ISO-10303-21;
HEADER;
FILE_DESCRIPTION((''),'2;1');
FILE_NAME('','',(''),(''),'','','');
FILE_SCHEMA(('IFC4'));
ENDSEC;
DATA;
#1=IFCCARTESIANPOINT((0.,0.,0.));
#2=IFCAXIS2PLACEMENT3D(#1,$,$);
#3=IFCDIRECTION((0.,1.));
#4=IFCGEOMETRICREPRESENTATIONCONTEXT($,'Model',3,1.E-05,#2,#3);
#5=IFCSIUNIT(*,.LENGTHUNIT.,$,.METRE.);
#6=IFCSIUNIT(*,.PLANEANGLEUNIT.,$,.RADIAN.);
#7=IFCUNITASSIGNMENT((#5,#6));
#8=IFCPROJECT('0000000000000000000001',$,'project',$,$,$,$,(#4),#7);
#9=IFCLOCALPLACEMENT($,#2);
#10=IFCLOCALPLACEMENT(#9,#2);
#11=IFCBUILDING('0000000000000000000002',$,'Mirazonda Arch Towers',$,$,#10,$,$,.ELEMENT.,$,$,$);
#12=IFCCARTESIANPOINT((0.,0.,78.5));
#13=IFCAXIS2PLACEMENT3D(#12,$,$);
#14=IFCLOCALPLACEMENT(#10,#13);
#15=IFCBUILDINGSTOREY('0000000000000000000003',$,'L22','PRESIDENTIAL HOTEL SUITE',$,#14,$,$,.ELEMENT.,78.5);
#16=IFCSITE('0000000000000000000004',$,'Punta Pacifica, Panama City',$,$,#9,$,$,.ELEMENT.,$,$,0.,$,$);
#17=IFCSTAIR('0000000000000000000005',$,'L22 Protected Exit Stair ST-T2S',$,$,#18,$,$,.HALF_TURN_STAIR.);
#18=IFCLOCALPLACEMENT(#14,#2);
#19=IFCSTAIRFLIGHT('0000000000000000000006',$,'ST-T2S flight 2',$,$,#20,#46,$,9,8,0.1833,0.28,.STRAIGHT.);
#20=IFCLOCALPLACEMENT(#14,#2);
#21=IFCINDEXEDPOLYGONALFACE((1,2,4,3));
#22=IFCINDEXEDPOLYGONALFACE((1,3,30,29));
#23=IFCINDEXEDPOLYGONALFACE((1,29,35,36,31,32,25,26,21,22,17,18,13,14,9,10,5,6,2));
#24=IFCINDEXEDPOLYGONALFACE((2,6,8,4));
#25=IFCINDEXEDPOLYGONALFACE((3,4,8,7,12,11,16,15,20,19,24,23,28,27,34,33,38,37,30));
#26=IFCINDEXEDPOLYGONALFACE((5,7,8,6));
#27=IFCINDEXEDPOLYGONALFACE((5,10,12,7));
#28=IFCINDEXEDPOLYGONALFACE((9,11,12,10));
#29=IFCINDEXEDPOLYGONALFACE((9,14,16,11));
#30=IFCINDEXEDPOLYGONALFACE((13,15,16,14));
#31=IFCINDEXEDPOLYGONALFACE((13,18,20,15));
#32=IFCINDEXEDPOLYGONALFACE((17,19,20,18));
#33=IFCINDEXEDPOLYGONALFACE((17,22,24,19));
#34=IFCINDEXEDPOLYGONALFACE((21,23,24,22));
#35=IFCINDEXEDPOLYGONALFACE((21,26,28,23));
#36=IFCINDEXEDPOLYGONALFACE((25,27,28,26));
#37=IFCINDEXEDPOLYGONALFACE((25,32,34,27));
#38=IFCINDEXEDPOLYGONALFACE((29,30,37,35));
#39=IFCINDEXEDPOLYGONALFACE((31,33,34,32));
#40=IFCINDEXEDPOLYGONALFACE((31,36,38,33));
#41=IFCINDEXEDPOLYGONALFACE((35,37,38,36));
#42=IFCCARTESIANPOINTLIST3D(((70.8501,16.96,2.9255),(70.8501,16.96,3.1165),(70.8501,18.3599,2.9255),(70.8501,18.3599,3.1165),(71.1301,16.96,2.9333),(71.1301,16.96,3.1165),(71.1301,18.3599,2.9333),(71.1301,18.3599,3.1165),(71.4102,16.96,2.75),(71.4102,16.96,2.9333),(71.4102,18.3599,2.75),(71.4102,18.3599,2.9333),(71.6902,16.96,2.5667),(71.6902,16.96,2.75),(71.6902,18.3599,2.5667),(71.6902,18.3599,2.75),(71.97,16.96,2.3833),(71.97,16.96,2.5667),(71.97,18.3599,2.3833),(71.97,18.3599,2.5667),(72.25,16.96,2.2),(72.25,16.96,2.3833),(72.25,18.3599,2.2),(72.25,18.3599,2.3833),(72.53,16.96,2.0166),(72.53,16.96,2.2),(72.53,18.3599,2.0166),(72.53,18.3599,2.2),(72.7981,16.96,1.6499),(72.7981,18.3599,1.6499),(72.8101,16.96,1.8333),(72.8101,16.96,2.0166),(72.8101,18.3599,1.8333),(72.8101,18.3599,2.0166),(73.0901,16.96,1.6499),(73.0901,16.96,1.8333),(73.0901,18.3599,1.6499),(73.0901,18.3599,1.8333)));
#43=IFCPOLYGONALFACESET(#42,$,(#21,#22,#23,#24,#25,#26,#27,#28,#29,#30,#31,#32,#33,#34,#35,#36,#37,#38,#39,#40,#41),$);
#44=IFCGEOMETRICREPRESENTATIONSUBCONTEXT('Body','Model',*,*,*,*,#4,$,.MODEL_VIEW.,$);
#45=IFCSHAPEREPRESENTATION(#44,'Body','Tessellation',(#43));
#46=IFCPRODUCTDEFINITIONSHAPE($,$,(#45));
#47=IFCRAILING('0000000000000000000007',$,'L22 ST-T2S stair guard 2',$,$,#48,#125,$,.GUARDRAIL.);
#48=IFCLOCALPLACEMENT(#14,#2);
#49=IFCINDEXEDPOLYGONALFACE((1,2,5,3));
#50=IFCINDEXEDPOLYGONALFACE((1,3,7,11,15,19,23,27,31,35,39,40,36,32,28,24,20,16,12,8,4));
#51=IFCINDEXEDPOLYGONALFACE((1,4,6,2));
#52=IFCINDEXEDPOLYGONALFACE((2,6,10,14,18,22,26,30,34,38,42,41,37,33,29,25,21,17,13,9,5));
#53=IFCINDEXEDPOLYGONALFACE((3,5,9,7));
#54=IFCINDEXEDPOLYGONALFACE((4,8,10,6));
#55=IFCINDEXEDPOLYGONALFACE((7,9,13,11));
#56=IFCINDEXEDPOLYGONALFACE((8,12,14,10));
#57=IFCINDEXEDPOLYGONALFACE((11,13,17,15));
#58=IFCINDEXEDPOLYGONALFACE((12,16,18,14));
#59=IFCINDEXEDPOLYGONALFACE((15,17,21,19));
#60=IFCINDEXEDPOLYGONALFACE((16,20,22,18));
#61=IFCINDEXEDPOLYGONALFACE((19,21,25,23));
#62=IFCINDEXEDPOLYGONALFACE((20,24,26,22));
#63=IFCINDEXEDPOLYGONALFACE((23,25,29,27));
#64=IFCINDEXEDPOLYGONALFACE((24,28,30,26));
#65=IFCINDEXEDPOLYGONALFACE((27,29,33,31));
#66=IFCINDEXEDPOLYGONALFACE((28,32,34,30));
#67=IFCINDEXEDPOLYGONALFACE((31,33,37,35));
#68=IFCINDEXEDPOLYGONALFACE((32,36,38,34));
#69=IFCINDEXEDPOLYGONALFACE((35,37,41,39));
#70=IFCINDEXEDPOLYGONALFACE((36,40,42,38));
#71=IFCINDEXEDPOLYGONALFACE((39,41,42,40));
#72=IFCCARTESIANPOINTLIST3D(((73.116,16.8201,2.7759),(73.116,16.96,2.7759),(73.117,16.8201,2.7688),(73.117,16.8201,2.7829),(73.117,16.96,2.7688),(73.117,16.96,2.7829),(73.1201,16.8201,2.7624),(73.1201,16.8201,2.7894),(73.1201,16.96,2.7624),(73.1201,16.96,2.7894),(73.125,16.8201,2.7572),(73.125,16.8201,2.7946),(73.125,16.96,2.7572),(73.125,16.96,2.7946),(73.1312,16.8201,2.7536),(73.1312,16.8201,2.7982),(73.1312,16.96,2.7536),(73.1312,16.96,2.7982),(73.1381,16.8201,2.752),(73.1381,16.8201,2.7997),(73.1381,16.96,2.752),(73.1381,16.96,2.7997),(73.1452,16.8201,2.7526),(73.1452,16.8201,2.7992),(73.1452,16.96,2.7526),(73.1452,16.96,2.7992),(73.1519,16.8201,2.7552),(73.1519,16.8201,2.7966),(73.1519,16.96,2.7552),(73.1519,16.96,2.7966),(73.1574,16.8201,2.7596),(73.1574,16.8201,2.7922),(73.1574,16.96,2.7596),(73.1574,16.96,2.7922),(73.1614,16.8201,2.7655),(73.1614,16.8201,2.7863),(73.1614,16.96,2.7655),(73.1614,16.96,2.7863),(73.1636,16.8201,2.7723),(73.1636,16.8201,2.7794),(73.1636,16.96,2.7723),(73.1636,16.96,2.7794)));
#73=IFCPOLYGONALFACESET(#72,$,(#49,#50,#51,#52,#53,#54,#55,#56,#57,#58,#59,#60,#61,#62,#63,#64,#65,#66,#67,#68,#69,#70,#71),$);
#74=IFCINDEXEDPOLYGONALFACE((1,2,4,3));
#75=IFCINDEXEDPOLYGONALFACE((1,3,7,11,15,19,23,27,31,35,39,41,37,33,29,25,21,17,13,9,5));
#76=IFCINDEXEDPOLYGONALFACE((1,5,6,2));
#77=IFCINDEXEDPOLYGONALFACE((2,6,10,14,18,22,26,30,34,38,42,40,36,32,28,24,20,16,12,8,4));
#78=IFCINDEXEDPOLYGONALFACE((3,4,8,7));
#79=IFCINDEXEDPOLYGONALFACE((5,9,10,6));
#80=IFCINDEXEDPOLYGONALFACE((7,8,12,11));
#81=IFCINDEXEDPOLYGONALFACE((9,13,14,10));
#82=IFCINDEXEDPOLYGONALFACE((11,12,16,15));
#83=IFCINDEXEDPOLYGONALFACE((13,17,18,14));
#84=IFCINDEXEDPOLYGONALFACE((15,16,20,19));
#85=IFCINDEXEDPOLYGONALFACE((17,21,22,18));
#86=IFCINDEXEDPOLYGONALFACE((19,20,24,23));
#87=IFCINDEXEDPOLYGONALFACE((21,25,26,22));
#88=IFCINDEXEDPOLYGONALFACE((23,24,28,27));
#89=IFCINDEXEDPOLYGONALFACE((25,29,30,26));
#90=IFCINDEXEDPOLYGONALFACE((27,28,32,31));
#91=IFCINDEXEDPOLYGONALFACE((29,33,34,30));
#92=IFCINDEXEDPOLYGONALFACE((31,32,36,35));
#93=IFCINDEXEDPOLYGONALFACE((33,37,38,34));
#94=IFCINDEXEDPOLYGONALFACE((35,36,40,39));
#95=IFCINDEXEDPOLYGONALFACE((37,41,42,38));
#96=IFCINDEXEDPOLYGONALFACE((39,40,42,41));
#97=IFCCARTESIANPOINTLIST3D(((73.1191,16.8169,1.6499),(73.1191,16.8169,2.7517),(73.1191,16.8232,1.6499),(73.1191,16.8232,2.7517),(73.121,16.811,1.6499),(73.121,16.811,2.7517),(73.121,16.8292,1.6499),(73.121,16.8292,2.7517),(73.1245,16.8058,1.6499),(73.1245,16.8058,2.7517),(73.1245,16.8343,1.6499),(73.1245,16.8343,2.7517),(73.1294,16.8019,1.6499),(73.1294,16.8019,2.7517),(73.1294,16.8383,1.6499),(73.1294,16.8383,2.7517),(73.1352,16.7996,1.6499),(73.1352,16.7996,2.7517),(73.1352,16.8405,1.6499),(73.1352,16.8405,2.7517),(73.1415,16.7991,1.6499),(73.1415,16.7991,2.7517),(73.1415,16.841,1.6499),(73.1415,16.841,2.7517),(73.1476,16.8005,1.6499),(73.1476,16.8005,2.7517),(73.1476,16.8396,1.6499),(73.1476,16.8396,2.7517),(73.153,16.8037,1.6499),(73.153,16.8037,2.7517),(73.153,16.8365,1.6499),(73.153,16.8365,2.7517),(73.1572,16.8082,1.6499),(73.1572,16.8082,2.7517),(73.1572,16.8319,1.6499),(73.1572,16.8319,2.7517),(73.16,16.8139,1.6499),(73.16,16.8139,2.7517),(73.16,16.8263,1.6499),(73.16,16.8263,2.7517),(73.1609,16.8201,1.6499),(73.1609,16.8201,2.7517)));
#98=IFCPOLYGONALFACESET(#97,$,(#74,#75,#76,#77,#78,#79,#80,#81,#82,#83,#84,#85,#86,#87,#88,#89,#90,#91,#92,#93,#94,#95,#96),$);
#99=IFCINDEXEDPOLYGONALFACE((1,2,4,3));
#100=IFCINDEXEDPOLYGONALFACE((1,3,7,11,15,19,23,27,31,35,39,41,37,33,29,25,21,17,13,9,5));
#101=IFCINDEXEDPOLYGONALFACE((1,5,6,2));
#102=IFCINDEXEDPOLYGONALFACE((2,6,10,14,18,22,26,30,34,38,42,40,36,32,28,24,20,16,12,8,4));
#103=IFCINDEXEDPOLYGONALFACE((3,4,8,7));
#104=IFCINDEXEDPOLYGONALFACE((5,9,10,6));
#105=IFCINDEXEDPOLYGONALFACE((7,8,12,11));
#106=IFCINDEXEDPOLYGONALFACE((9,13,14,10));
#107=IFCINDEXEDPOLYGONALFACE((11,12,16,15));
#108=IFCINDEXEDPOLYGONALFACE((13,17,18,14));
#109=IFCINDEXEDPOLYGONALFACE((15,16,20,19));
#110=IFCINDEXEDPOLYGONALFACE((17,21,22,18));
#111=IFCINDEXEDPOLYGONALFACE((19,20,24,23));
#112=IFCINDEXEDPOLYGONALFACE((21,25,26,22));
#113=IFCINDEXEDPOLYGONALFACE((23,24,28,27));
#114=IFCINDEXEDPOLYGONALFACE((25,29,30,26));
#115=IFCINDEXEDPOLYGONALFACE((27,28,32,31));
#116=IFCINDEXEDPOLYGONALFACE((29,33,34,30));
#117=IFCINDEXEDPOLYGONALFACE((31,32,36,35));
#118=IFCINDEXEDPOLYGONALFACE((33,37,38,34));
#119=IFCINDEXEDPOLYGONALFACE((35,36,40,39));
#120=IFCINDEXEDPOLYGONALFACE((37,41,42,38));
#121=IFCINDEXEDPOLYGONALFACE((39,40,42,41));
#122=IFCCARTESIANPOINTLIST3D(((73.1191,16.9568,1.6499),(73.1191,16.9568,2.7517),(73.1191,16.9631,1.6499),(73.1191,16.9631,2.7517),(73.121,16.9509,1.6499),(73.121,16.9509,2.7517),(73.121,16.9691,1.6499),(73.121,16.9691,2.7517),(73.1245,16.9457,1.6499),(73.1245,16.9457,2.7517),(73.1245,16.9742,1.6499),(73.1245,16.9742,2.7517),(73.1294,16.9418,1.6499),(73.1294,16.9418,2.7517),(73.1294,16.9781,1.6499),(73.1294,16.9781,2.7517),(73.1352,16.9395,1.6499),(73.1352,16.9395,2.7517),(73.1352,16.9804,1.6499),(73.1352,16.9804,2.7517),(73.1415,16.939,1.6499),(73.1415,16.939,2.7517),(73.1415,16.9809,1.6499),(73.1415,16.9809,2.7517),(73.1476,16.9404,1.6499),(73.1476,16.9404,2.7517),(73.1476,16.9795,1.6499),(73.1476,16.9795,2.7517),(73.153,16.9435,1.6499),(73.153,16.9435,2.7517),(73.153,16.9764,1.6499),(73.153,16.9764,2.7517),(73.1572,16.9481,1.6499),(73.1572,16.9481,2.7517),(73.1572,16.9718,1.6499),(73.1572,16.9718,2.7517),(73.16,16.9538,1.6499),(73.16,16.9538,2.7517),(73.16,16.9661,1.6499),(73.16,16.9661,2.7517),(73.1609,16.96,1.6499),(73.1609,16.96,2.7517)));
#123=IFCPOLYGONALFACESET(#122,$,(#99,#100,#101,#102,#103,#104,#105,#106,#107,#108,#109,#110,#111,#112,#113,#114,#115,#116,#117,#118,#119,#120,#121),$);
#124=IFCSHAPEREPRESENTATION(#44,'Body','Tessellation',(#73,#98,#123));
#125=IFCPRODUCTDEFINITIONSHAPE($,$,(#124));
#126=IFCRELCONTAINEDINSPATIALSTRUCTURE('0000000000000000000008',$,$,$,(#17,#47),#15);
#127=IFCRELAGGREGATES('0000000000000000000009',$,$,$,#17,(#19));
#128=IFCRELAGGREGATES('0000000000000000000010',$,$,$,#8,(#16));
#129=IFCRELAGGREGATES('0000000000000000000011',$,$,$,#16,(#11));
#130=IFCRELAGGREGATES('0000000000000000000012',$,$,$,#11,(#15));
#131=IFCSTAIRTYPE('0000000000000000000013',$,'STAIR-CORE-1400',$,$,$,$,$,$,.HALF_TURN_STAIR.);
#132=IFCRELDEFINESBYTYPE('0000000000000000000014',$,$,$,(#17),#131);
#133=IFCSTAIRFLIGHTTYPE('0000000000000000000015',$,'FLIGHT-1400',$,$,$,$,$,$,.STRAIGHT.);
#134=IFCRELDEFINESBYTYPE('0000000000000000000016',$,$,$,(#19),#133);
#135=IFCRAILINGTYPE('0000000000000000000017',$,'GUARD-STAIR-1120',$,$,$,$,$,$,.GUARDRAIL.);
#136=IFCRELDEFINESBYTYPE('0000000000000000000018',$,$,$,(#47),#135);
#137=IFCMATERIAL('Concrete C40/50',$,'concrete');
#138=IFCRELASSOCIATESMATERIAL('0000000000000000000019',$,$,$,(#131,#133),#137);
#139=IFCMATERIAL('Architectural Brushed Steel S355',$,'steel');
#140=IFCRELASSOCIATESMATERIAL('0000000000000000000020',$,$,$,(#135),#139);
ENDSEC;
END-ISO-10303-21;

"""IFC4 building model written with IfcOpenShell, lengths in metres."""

from ifc_helpers import new_model, si_unit, direction, frame, origin, origin_2d, place, context, subcontext, project, spatial, polyline, circle, outline, extrude, material, type_object, element, aggregate, save


model = new_model("IFC4")

# Units and contexts
model_context = context("Model", 3, precision=1e-05, world=origin(), true_north=direction((0.0, 1.0)))
body_context = subcontext(model_context, "Body", "Model", "MODEL_VIEW")
ifc_project = project(units=[si_unit("LENGTHUNIT", "METRE"), si_unit("PLANEANGLEUNIT", "RADIAN")], contexts=[model_context])

# Site, building, storey
site_placement = place(None, origin())
site = spatial("IfcSite", under=ifc_project, at=site_placement, Name="Punta Pacifica, Panama City", CompositionType="ELEMENT", RefElevation=0.0)
building_placement = place(site_placement, origin())
building = spatial("IfcBuilding", under=site, at=building_placement, Name="Mirazonda Arch Towers", CompositionType="ELEMENT")
storey_placement = place(building_placement, frame((0.0, 0.0, 78.5)))
storey = spatial("IfcBuildingStorey", under=building, at=storey_placement, Name="L22", Description="PRESIDENTIAL HOTEL SUITE", CompositionType="ELEMENT", Elevation=78.5)

# Shared definitions
ifc_material_1 = material(Name="Concrete C40/50", Category="concrete")

# Stair, stair flight
stair_type = type_object("IfcStairType", Name="STAIR-CORE-1400", PredefinedType="HALF_TURN_STAIR", material=ifc_material_1)
stair_placement = place(storey_placement, origin())
stair = element("IfcStair", 1, at=stair_placement, inside=storey, type_object=stair_type, Name="L22 Protected Exit Stair ST-T2S", PredefinedType="HALF_TURN_STAIR")
stair_flight_type = type_object("IfcStairFlightType", Name="FLIGHT-1400", PredefinedType="STRAIGHT", material=ifc_material_1)
stair_flight_placement = place(storey_placement, frame((73.0901, 17.6599, 1.6499), z_axis=(0.0, 0.0, 1.0), x_axis=(-1.0, 0.0, 0.0)))
stair_flight = element("IfcStairFlight", 2, at=stair_flight_placement, type_object=stair_flight_type, Name="ST-T2S flight 2", NumberOfRisers=9, NumberOfTreads=8, PredefinedType="STRAIGHT", RiserHeight=0.1833, TreadLength=0.28, context=body_context, shape_type="SweptSolid", body=[
    extrude(outline(polyline([(0.0, 0.0), (0.0, 0.1833), (0.28, 0.1833), (0.28, 0.3667), (0.5601, 0.3667), (0.5601, 0.55), (0.8401, 0.55), (0.8401, 0.7334), (1.1201, 0.7334), (1.1201, 0.9167), (1.3999, 0.9167), (1.3999, 1.1001), (1.6799, 1.1001), (1.6799, 1.2834), (1.96, 1.2834), (1.96, 1.4666), (2.24, 1.4666), (2.24, 1.6499), (2.24, 1.2756), (0.292, 0.0), (0.0, 0.0)])), frame((0.0, 0.7, 0.0), z_axis=(0.0, -1.0, 0.0), x_axis=(1.0, 0.0, 0.0)), (0.0, 0.0, 1.0), 1.3999),
])
aggregate(stair, [stair_flight])

# Railing
ifc_material_2 = material(Name="Architectural Brushed Steel S355", Category="steel")
railing_type_1 = type_object("IfcRailingType", Name="GUARD-STAIR-1120", PredefinedType="GUARDRAIL", material=ifc_material_2)
railing_1_placement = place(storey_placement, frame((73.1399, 16.8201, 1.6499)))
element("IfcRailing", 3, at=railing_1_placement, inside=storey, type_object=railing_type_1, Name="L22 ST-T2S stair guard 2", PredefinedType="GUARDRAIL", context=body_context, shape_type="SweptSolid", body=[
    extrude(circle(Radius=0.0239, at=origin_2d()), frame((0.0, 0.0, 1.126), z_axis=(0.0, 1.0, 0.0), x_axis=(-1.0, 0.0, 0.0)), (0.0, 0.0, 1.0), 0.1399),
    extrude(circle(Radius=0.021, at=origin_2d()), origin(), (0.0, 0.0, 1.0), 1.1018),
    extrude(circle(Radius=0.021, at=origin_2d()), frame((0.0, 0.1399, 0.0)), (0.0, 0.0, 1.0), 1.1018),
])

save(model, "model.ifc")
